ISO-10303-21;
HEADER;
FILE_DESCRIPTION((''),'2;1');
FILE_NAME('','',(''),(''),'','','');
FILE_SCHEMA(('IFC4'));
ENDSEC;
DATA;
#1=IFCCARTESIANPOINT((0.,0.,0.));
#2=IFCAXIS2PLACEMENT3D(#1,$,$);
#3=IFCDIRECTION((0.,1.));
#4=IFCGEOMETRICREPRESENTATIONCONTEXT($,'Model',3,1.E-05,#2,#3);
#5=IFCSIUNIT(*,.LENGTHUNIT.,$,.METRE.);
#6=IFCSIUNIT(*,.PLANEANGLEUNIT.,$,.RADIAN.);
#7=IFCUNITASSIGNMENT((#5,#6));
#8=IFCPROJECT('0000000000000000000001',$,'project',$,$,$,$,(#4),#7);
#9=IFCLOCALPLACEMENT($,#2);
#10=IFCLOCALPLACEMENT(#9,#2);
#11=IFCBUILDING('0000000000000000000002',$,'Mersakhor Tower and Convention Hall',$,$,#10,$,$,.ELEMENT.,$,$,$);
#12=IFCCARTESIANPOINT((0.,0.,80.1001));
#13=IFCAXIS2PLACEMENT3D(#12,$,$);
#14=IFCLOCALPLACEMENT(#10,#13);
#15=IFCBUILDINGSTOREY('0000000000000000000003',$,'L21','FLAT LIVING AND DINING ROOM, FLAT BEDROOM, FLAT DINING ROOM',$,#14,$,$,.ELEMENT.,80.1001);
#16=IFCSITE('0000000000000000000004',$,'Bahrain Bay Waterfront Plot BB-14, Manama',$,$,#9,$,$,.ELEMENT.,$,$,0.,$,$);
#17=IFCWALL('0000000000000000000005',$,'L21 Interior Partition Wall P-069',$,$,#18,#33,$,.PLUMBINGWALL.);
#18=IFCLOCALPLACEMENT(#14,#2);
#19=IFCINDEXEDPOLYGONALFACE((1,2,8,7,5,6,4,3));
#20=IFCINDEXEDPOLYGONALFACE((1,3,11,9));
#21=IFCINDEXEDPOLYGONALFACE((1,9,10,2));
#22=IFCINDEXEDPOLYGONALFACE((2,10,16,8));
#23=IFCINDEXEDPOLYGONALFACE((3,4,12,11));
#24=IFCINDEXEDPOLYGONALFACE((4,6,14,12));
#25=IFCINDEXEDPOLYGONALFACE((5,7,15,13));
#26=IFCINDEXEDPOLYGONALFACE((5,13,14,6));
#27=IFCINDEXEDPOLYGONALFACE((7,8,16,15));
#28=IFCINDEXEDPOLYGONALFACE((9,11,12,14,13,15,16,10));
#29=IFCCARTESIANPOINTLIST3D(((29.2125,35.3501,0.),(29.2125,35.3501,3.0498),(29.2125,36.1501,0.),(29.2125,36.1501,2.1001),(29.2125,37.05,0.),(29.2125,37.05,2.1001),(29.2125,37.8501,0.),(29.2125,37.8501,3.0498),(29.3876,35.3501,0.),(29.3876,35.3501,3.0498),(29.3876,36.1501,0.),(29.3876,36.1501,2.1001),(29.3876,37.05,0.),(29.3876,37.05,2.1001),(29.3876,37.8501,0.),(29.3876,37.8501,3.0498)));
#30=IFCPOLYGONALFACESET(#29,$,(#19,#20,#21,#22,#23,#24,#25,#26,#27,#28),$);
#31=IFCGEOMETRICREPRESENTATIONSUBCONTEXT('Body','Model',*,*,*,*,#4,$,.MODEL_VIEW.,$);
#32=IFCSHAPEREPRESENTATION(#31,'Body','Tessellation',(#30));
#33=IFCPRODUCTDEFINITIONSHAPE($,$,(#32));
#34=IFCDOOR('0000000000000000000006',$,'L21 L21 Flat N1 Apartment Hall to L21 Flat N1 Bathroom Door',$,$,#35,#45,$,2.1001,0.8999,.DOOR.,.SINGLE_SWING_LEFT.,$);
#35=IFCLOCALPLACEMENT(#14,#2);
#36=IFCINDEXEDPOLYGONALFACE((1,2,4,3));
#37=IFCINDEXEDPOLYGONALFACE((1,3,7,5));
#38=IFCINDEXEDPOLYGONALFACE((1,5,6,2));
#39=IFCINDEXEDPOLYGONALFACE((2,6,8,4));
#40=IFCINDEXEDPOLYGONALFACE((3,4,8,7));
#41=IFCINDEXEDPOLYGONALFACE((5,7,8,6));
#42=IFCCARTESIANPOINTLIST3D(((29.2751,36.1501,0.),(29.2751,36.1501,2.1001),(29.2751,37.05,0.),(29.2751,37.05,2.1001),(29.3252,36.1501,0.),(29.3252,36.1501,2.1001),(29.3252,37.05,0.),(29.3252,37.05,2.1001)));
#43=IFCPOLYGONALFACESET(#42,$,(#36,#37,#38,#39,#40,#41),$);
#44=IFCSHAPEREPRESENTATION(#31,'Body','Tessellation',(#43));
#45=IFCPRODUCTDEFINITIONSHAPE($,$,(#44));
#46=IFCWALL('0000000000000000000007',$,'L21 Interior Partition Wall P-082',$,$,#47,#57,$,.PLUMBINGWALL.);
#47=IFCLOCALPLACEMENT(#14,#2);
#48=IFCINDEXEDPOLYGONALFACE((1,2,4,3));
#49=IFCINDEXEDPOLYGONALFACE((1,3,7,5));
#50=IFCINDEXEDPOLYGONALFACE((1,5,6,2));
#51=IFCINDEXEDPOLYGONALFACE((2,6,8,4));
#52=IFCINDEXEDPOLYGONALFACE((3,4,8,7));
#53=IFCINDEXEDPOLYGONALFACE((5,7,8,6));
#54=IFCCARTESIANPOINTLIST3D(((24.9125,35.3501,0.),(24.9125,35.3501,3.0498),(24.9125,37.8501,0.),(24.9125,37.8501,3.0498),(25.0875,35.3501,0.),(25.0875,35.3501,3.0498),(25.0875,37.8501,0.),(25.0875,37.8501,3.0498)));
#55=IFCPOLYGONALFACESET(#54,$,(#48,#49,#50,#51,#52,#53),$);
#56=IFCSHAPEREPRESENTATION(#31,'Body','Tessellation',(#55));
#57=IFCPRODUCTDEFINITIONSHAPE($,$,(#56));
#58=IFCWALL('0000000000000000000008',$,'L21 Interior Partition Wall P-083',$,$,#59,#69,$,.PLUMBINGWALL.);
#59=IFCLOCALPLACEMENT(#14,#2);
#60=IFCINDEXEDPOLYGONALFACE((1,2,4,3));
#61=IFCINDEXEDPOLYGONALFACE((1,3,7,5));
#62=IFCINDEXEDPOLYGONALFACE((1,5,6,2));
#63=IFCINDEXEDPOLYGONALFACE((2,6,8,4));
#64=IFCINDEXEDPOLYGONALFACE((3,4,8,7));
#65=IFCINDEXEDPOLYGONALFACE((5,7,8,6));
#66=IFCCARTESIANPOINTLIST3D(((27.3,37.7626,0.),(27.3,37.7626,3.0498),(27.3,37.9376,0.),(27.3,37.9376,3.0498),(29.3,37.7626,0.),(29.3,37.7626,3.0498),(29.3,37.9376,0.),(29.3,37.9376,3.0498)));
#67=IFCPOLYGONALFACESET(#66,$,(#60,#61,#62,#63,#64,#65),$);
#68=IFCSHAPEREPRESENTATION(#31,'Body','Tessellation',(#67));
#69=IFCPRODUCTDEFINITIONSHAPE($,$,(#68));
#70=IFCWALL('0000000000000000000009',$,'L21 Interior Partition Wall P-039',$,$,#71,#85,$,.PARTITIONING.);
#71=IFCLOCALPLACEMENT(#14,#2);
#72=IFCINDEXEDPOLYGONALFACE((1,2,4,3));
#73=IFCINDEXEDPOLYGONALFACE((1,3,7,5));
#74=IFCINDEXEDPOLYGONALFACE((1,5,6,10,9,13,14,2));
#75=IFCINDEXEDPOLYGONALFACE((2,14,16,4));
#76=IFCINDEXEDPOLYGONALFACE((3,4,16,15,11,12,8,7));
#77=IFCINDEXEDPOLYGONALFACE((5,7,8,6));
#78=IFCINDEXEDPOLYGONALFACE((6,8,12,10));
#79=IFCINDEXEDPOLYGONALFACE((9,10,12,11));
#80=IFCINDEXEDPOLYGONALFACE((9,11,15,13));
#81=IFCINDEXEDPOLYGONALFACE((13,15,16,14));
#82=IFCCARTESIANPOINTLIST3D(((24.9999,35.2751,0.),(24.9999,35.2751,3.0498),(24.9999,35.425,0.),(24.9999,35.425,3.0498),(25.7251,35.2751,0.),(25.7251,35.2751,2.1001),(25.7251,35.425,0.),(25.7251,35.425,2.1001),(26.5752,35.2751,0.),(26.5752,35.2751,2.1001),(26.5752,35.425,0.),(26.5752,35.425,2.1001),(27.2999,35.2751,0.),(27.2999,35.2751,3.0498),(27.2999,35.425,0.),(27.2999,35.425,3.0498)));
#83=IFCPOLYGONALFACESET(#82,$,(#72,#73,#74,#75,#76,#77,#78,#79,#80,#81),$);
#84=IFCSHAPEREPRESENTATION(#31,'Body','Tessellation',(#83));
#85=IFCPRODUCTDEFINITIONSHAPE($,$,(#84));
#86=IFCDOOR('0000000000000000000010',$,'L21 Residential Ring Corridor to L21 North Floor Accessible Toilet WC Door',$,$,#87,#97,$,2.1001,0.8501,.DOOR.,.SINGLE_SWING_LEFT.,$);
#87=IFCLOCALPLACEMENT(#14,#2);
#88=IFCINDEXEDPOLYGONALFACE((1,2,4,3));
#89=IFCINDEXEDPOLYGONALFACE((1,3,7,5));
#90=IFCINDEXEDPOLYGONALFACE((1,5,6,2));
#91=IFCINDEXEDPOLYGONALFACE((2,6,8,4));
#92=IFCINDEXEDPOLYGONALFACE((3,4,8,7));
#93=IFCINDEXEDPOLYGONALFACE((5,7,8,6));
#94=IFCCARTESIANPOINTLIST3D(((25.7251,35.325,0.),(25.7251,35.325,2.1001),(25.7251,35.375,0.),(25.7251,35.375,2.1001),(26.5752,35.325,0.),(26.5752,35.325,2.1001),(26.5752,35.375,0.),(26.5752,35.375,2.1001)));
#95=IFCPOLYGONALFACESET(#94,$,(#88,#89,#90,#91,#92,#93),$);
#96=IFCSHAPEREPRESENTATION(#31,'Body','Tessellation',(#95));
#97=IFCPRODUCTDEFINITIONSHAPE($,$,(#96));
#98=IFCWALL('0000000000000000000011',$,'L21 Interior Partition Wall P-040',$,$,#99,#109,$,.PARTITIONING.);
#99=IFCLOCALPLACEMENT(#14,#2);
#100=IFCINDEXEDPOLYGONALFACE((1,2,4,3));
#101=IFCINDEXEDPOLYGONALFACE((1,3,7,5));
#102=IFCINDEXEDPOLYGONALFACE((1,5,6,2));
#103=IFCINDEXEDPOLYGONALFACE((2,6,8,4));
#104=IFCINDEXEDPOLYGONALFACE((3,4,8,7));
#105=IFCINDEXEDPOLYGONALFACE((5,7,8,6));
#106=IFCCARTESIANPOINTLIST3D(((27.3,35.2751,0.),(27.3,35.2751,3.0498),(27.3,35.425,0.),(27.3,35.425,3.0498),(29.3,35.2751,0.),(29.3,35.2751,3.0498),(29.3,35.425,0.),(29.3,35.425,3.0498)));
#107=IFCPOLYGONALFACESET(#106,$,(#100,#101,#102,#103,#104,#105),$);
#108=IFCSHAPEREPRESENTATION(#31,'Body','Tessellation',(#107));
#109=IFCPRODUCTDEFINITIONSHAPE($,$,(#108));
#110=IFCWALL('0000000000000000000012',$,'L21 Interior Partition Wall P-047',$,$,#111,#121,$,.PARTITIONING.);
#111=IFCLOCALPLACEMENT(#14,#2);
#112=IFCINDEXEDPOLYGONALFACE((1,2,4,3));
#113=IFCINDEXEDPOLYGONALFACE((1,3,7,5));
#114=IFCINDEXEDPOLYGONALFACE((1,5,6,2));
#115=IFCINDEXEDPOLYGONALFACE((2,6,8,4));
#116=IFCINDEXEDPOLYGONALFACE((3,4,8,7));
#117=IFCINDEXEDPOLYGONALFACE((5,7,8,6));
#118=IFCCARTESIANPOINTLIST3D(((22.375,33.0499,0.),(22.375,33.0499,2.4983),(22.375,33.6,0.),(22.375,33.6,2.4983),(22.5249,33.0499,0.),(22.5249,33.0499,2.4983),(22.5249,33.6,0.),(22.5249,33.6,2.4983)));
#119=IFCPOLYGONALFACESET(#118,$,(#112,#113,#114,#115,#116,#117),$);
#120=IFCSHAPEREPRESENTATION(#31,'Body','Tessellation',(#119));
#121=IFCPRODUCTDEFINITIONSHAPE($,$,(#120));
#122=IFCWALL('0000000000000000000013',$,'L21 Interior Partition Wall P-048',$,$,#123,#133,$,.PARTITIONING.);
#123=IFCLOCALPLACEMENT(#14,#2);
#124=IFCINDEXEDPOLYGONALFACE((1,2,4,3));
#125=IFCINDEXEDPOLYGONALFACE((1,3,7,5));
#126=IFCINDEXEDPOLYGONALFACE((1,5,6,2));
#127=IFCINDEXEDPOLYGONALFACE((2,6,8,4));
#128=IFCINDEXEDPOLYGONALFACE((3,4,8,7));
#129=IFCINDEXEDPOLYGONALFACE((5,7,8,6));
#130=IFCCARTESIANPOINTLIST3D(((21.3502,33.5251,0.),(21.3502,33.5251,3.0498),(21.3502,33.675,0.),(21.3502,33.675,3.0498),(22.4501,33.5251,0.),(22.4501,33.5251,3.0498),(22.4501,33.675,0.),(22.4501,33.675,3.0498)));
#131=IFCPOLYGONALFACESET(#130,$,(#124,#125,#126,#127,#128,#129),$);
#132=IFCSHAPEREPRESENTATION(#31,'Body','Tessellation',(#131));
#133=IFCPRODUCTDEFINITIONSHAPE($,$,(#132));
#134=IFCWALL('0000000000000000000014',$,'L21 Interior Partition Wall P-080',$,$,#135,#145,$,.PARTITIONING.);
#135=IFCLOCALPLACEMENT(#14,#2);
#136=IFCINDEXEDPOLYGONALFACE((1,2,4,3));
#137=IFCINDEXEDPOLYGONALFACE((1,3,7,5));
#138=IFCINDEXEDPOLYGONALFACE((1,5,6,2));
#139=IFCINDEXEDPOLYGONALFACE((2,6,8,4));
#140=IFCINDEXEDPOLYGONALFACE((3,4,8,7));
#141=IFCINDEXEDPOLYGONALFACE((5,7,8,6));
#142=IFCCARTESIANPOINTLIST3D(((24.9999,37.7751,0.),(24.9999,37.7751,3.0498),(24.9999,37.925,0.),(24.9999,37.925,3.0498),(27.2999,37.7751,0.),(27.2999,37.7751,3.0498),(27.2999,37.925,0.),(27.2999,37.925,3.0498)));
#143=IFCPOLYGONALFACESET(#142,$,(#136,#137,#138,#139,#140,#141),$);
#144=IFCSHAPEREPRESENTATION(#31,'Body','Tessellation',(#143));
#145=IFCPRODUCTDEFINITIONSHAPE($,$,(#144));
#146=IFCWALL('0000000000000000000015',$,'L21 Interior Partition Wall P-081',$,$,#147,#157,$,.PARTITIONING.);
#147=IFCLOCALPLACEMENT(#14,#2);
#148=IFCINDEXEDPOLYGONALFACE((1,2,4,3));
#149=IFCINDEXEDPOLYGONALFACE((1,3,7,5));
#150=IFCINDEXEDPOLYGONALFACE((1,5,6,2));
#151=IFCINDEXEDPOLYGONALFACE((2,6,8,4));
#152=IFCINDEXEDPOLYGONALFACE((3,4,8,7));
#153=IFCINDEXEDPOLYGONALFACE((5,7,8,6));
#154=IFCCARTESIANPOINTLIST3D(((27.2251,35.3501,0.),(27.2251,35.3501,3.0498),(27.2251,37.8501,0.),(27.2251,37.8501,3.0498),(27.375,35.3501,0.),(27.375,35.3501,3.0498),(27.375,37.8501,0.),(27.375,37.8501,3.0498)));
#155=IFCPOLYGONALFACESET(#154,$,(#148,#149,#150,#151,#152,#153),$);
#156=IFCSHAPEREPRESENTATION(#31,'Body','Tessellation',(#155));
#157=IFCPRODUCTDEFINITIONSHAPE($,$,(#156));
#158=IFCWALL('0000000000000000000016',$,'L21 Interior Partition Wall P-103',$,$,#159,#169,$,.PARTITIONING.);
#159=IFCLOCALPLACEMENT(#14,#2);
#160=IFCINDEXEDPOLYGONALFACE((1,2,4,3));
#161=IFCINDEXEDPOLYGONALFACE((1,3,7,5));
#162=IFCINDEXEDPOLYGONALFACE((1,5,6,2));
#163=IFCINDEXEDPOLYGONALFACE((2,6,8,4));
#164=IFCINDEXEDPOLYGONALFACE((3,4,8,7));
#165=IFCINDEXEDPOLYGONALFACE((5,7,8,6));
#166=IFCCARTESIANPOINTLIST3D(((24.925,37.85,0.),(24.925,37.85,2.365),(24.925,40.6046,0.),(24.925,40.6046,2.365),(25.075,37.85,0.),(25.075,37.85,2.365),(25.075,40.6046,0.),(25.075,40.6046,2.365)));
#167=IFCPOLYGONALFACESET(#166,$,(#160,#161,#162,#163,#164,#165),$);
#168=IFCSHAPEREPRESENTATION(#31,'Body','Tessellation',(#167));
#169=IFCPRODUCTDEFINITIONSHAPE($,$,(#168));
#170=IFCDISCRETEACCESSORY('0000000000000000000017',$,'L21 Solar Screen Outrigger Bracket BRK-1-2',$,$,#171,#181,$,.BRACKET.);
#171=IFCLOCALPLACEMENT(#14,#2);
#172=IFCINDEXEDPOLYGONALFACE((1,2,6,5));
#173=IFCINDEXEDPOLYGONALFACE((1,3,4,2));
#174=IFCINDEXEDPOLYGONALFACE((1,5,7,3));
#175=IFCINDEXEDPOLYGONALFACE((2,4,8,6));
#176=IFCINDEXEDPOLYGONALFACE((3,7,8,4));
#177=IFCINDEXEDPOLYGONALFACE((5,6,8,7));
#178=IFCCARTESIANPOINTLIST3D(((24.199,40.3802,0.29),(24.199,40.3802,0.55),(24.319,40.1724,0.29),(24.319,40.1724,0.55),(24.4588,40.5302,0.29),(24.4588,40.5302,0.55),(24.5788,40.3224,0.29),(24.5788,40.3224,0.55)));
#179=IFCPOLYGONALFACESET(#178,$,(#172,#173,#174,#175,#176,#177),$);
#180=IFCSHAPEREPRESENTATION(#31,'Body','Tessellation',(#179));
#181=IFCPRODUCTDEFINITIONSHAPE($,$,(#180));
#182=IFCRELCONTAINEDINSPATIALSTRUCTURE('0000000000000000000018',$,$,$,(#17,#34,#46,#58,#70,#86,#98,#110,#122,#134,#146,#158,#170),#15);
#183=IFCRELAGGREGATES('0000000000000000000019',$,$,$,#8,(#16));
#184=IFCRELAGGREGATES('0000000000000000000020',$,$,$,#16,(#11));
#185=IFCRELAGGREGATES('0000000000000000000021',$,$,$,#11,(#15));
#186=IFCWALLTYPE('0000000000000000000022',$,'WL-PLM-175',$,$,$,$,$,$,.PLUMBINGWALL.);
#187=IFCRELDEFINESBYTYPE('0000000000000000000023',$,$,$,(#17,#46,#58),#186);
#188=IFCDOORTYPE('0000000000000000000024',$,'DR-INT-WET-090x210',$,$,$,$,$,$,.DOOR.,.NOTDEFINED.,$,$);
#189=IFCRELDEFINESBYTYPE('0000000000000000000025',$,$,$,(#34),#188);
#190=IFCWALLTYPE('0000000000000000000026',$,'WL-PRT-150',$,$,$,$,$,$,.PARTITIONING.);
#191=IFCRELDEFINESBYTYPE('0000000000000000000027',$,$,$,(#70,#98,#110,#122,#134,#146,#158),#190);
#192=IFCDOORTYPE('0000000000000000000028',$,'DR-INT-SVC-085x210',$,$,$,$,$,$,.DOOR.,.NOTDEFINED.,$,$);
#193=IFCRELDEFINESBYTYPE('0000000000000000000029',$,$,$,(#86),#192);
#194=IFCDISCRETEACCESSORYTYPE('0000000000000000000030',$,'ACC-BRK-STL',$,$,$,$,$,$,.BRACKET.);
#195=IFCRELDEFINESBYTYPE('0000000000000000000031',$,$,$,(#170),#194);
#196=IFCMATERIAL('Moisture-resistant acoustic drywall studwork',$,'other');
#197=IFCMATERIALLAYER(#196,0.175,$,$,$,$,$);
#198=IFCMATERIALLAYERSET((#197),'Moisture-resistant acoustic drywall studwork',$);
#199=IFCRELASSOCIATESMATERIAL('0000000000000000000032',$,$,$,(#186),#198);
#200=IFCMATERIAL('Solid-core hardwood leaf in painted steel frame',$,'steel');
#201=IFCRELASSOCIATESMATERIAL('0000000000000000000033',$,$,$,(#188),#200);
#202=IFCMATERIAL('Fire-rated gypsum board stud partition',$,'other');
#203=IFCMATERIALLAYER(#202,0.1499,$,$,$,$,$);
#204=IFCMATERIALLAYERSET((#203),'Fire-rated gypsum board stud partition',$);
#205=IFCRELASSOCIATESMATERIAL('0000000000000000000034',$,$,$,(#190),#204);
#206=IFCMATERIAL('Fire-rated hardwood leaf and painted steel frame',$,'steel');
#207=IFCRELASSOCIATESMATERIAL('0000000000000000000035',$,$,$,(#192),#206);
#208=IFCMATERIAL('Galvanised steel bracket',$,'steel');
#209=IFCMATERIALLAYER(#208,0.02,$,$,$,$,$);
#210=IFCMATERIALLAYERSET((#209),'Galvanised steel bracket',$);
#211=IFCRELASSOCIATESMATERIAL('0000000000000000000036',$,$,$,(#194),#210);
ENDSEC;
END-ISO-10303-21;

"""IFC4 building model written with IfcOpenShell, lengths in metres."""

from ifc_helpers import new_model, si_unit, direction, frame, frame_2d, origin, origin_2d, place, context, subcontext, project, spatial, rectangle, extrude, material, layer, layer_set, type_object, element, fill, save


model = new_model("IFC4")

# Units and contexts
model_context = context("Model", 3, precision=1e-05, world=origin(), true_north=direction((0.0, 1.0)))
body_context = subcontext(model_context, "Body", "Model", "MODEL_VIEW")
ifc_project = project(units=[si_unit("LENGTHUNIT", "METRE"), si_unit("PLANEANGLEUNIT", "RADIAN")], contexts=[model_context])

# Site, building, storey
site_placement = place(None, origin())
site = spatial("IfcSite", under=ifc_project, at=site_placement, Name="Bahrain Bay Waterfront Plot BB-14, Manama", CompositionType="ELEMENT", RefElevation=0.0)
building_placement = place(site_placement, origin())
building = spatial("IfcBuilding", under=site, at=building_placement, Name="Mersakhor Tower and Convention Hall", CompositionType="ELEMENT")
storey_placement = place(building_placement, frame((0.0, 0.0, 80.1001)))
storey = spatial("IfcBuildingStorey", under=building, at=storey_placement, Name="L21", Description="FLAT LIVING AND DINING ROOM, FLAT BEDROOM, FLAT DINING ROOM", CompositionType="ELEMENT", Elevation=80.1001)

# Wall, opening, door
ifc_material_1 = material(Name="Moisture-resistant acoustic drywall studwork", Category="other")
ifc_layer_1 = layer(ifc_material_1, 0.175)
ifc_layer_set_1 = layer_set([ifc_layer_1], Name="Moisture-resistant acoustic drywall studwork")
wall_type_1 = type_object("IfcWallType", Name="WL-PLM-175", PredefinedType="PLUMBINGWALL", material=ifc_layer_set_1)
wall_1_placement = place(storey_placement, frame((29.3, 35.3501, 0.0), z_axis=(0.0, 0.0, 1.0), x_axis=(0.0, 1.0, 0.0)))
wall_1 = element("IfcWall", 1, at=wall_1_placement, inside=storey, type_object=wall_type_1, Name="L21 Interior Partition Wall P-069", PredefinedType="PLUMBINGWALL", context=body_context, shape_type="SweptSolid", body=[
    extrude(rectangle(XDim=2.5, YDim=0.175, at=frame_2d((1.25, 0.0))), origin(), (0.0, 0.0, 1.0), 3.0498),
])
opening_1_placement = place(wall_1_placement, frame((0.8, 0.0, 0.0)))
opening_1 = element("IfcOpeningElement", 2, at=opening_1_placement, cuts=wall_1, PredefinedType="OPENING", context=body_context, shape_type="SweptSolid", body=[
    extrude(rectangle(XDim=0.8999, YDim=2.1001, at=frame_2d((0.45, 1.05))), frame((0.0, 0.0974, 0.0), z_axis=(0.0, -1.0, 0.0), x_axis=(1.0, 0.0, 0.0)), (0.0, 0.0, 1.0), 0.1951),
])
ifc_material_2 = material(Name="Solid-core hardwood leaf in painted steel frame", Category="steel")
door_type_1 = type_object("IfcDoorType", Name="DR-INT-WET-090x210", OperationType="NOTDEFINED", PredefinedType="DOOR", material=ifc_material_2)
door_1_placement = place(opening_1_placement, origin())
door_1 = element("IfcDoor", 3, at=door_1_placement, inside=storey, type_object=door_type_1, Name="L21 L21 Flat N1 Apartment Hall to L21 Flat N1 Bathroom Door", OperationType="SINGLE_SWING_LEFT", OverallHeight=2.1001, OverallWidth=0.8999, PredefinedType="DOOR", context=body_context, shape_type="SweptSolid", body=[
    extrude(rectangle(XDim=0.8999, YDim=2.1001, at=frame_2d((0.45, 1.05))), frame((0.0, 0.0249, 0.0), z_axis=(0.0, -1.0, 0.0), x_axis=(1.0, 0.0, 0.0)), (0.0, 0.0, 1.0), 0.05),
])
fill(opening_1, door_1)

# Walls
wall_2_placement = place(storey_placement, frame((25.0, 35.3501, 0.0), z_axis=(0.0, 0.0, 1.0), x_axis=(0.0, 1.0, 0.0)))
element("IfcWall", 4, at=wall_2_placement, inside=storey, type_object=wall_type_1, Name="L21 Interior Partition Wall P-082", PredefinedType="PLUMBINGWALL", context=body_context, shape_type="SweptSolid", body=[
    extrude(rectangle(XDim=2.5, YDim=0.175, at=frame_2d((1.25, 0.0))), origin(), (0.0, 0.0, 1.0), 3.0498),
])
wall_3_placement = place(storey_placement, frame((27.3, 37.8501, 0.0), z_axis=(0.0, 0.0, 1.0), x_axis=(1.0, 0.0, 0.0)))
element("IfcWall", 5, at=wall_3_placement, inside=storey, type_object=wall_type_1, Name="L21 Interior Partition Wall P-083", PredefinedType="PLUMBINGWALL", context=body_context, shape_type="SweptSolid", body=[
    extrude(rectangle(XDim=2.0, YDim=0.175, at=frame_2d((1.0, 0.0))), origin(), (0.0, 0.0, 1.0), 3.0498),
])

# Wall, opening, door
ifc_material_3 = material(Name="Fire-rated gypsum board stud partition", Category="other")
ifc_layer_2 = layer(ifc_material_3, 0.1499)
ifc_layer_set_2 = layer_set([ifc_layer_2], Name="Fire-rated gypsum board stud partition")
wall_type_2 = type_object("IfcWallType", Name="WL-PRT-150", PredefinedType="PARTITIONING", material=ifc_layer_set_2)
wall_4_placement = place(storey_placement, frame((25.0, 35.3501, 0.0), z_axis=(0.0, 0.0, 1.0), x_axis=(1.0, 0.0, 0.0)))
wall_4 = element("IfcWall", 6, at=wall_4_placement, inside=storey, type_object=wall_type_2, Name="L21 Interior Partition Wall P-039", PredefinedType="PARTITIONING", context=body_context, shape_type="SweptSolid", body=[
    extrude(rectangle(XDim=2.3, YDim=0.1499, at=frame_2d((1.1499, 0.0))), origin(), (0.0, 0.0, 1.0), 3.0498),
])
opening_2_placement = place(wall_4_placement, frame((0.7251, 0.0, 0.0)))
opening_2 = element("IfcOpeningElement", 7, at=opening_2_placement, cuts=wall_4, PredefinedType="OPENING", context=body_context, shape_type="SweptSolid", body=[
    extrude(rectangle(XDim=0.8501, YDim=2.1001, at=frame_2d((0.425, 1.05))), frame((0.0, 0.085, 0.0), z_axis=(0.0, -1.0, 0.0), x_axis=(1.0, 0.0, 0.0)), (0.0, 0.0, 1.0), 0.1699),
])
ifc_material_4 = material(Name="Fire-rated hardwood leaf and painted steel frame", Category="steel")
door_type_2 = type_object("IfcDoorType", Name="DR-INT-SVC-085x210", OperationType="NOTDEFINED", PredefinedType="DOOR", material=ifc_material_4)
door_2_placement = place(opening_2_placement, origin())
door_2 = element("IfcDoor", 8, at=door_2_placement, inside=storey, type_object=door_type_2, Name="L21 Residential Ring Corridor to L21 North Floor Accessible Toilet WC Door", OperationType="SINGLE_SWING_LEFT", OverallHeight=2.1001, OverallWidth=0.8501, PredefinedType="DOOR", context=body_context, shape_type="SweptSolid", body=[
    extrude(rectangle(XDim=0.8501, YDim=2.1001, at=frame_2d((0.425, 1.05))), frame((0.0, 0.0249, 0.0), z_axis=(0.0, -1.0, 0.0), x_axis=(1.0, 0.0, 0.0)), (0.0, 0.0, 1.0), 0.05),
])
fill(opening_2, door_2)

# Wall
wall_5_placement = place(storey_placement, frame((27.3, 35.3501, 0.0), z_axis=(0.0, 0.0, 1.0), x_axis=(1.0, 0.0, 0.0)))
element("IfcWall", 9, at=wall_5_placement, inside=storey, type_object=wall_type_2, Name="L21 Interior Partition Wall P-040", PredefinedType="PARTITIONING", context=body_context, shape_type="SweptSolid", body=[
    extrude(rectangle(XDim=2.0, YDim=0.1499, at=frame_2d((1.0, 0.0))), origin(), (0.0, 0.0, 1.0), 3.0498),
])

# Walls
wall_6_placement = place(storey_placement, frame((22.45, 33.05, 0.0), z_axis=(0.0, 0.0, 1.0), x_axis=(0.0, 1.0, 0.0)))
element("IfcWall", 10, at=wall_6_placement, inside=storey, type_object=wall_type_2, Name="L21 Interior Partition Wall P-047", PredefinedType="PARTITIONING", context=body_context, shape_type="SweptSolid", body=[
    extrude(rectangle(XDim=0.55, YDim=0.1499, at=frame_2d((0.2749, 0.0))), origin(), (0.0, 0.0, 1.0), 2.4983),
])
wall_7_placement = place(storey_placement, frame((22.45, 33.6001, 0.0), z_axis=(0.0, 0.0, 1.0), x_axis=(-1.0, 0.0, 0.0)))
element("IfcWall", 11, at=wall_7_placement, inside=storey, type_object=wall_type_2, Name="L21 Interior Partition Wall P-048", PredefinedType="PARTITIONING", context=body_context, shape_type="SweptSolid", body=[
    extrude(rectangle(XDim=1.0999, YDim=0.1499, at=frame_2d((0.5498, 0.0))), origin(), (0.0, 0.0, 1.0), 3.0498),
])
wall_8_placement = place(storey_placement, frame((25.0, 37.8501, 0.0), z_axis=(0.0, 0.0, 1.0), x_axis=(1.0, 0.0, 0.0)))
element("IfcWall", 12, at=wall_8_placement, inside=storey, type_object=wall_type_2, Name="L21 Interior Partition Wall P-080", PredefinedType="PARTITIONING", context=body_context, shape_type="SweptSolid", body=[
    extrude(rectangle(XDim=2.3, YDim=0.1499, at=frame_2d((1.1499, 0.0))), origin(), (0.0, 0.0, 1.0), 3.0498),
])
wall_9_placement = place(storey_placement, frame((27.3, 37.8501, 0.0), z_axis=(0.0, 0.0, 1.0), x_axis=(0.0, -1.0, 0.0)))
element("IfcWall", 13, at=wall_9_placement, inside=storey, type_object=wall_type_2, Name="L21 Interior Partition Wall P-081", PredefinedType="PARTITIONING", context=body_context, shape_type="SweptSolid", body=[
    extrude(rectangle(XDim=2.5, YDim=0.1499, at=frame_2d((1.25, 0.0))), origin(), (0.0, 0.0, 1.0), 3.0498),
])
wall_10_placement = place(storey_placement, frame((25.0, 40.6047, 0.0), z_axis=(0.0, 0.0, 1.0), x_axis=(0.0, -1.0, 0.0)))
element("IfcWall", 14, at=wall_10_placement, inside=storey, type_object=wall_type_2, Name="L21 Interior Partition Wall P-103", PredefinedType="PARTITIONING", context=body_context, shape_type="SweptSolid", body=[
    extrude(rectangle(XDim=2.7546, YDim=0.1499, at=frame_2d((1.3774, 0.0))), origin(), (0.0, 0.0, 1.0), 2.365),
])

# Discrete accessory
ifc_material_5 = material(Name="Galvanised steel bracket", Category="steel")
ifc_layer_3 = layer(ifc_material_5, 0.02)
ifc_layer_set_3 = layer_set([ifc_layer_3], Name="Galvanised steel bracket")
discrete_accessory_type = type_object("IfcDiscreteAccessoryType", Name="ACC-BRK-STL", PredefinedType="BRACKET", material=ifc_layer_set_3)
discrete_accessory_1_placement = place(storey_placement, frame((24.3889, 40.3513, 0.29), z_axis=(0.0, 0.0, 1.0), x_axis=(0.866025, 0.5, 0.0)))
element("IfcDiscreteAccessory", 15, at=discrete_accessory_1_placement, inside=storey, type_object=discrete_accessory_type, Name="L21 Solar Screen Outrigger Bracket BRK-1-2", PredefinedType="BRACKET", context=body_context, shape_type="SweptSolid", body=[
    extrude(rectangle(XDim=0.3, YDim=0.24, at=origin_2d()), origin(), (0.0, 0.0, 1.0), 0.26),
])

save(model, "model.ifc")
